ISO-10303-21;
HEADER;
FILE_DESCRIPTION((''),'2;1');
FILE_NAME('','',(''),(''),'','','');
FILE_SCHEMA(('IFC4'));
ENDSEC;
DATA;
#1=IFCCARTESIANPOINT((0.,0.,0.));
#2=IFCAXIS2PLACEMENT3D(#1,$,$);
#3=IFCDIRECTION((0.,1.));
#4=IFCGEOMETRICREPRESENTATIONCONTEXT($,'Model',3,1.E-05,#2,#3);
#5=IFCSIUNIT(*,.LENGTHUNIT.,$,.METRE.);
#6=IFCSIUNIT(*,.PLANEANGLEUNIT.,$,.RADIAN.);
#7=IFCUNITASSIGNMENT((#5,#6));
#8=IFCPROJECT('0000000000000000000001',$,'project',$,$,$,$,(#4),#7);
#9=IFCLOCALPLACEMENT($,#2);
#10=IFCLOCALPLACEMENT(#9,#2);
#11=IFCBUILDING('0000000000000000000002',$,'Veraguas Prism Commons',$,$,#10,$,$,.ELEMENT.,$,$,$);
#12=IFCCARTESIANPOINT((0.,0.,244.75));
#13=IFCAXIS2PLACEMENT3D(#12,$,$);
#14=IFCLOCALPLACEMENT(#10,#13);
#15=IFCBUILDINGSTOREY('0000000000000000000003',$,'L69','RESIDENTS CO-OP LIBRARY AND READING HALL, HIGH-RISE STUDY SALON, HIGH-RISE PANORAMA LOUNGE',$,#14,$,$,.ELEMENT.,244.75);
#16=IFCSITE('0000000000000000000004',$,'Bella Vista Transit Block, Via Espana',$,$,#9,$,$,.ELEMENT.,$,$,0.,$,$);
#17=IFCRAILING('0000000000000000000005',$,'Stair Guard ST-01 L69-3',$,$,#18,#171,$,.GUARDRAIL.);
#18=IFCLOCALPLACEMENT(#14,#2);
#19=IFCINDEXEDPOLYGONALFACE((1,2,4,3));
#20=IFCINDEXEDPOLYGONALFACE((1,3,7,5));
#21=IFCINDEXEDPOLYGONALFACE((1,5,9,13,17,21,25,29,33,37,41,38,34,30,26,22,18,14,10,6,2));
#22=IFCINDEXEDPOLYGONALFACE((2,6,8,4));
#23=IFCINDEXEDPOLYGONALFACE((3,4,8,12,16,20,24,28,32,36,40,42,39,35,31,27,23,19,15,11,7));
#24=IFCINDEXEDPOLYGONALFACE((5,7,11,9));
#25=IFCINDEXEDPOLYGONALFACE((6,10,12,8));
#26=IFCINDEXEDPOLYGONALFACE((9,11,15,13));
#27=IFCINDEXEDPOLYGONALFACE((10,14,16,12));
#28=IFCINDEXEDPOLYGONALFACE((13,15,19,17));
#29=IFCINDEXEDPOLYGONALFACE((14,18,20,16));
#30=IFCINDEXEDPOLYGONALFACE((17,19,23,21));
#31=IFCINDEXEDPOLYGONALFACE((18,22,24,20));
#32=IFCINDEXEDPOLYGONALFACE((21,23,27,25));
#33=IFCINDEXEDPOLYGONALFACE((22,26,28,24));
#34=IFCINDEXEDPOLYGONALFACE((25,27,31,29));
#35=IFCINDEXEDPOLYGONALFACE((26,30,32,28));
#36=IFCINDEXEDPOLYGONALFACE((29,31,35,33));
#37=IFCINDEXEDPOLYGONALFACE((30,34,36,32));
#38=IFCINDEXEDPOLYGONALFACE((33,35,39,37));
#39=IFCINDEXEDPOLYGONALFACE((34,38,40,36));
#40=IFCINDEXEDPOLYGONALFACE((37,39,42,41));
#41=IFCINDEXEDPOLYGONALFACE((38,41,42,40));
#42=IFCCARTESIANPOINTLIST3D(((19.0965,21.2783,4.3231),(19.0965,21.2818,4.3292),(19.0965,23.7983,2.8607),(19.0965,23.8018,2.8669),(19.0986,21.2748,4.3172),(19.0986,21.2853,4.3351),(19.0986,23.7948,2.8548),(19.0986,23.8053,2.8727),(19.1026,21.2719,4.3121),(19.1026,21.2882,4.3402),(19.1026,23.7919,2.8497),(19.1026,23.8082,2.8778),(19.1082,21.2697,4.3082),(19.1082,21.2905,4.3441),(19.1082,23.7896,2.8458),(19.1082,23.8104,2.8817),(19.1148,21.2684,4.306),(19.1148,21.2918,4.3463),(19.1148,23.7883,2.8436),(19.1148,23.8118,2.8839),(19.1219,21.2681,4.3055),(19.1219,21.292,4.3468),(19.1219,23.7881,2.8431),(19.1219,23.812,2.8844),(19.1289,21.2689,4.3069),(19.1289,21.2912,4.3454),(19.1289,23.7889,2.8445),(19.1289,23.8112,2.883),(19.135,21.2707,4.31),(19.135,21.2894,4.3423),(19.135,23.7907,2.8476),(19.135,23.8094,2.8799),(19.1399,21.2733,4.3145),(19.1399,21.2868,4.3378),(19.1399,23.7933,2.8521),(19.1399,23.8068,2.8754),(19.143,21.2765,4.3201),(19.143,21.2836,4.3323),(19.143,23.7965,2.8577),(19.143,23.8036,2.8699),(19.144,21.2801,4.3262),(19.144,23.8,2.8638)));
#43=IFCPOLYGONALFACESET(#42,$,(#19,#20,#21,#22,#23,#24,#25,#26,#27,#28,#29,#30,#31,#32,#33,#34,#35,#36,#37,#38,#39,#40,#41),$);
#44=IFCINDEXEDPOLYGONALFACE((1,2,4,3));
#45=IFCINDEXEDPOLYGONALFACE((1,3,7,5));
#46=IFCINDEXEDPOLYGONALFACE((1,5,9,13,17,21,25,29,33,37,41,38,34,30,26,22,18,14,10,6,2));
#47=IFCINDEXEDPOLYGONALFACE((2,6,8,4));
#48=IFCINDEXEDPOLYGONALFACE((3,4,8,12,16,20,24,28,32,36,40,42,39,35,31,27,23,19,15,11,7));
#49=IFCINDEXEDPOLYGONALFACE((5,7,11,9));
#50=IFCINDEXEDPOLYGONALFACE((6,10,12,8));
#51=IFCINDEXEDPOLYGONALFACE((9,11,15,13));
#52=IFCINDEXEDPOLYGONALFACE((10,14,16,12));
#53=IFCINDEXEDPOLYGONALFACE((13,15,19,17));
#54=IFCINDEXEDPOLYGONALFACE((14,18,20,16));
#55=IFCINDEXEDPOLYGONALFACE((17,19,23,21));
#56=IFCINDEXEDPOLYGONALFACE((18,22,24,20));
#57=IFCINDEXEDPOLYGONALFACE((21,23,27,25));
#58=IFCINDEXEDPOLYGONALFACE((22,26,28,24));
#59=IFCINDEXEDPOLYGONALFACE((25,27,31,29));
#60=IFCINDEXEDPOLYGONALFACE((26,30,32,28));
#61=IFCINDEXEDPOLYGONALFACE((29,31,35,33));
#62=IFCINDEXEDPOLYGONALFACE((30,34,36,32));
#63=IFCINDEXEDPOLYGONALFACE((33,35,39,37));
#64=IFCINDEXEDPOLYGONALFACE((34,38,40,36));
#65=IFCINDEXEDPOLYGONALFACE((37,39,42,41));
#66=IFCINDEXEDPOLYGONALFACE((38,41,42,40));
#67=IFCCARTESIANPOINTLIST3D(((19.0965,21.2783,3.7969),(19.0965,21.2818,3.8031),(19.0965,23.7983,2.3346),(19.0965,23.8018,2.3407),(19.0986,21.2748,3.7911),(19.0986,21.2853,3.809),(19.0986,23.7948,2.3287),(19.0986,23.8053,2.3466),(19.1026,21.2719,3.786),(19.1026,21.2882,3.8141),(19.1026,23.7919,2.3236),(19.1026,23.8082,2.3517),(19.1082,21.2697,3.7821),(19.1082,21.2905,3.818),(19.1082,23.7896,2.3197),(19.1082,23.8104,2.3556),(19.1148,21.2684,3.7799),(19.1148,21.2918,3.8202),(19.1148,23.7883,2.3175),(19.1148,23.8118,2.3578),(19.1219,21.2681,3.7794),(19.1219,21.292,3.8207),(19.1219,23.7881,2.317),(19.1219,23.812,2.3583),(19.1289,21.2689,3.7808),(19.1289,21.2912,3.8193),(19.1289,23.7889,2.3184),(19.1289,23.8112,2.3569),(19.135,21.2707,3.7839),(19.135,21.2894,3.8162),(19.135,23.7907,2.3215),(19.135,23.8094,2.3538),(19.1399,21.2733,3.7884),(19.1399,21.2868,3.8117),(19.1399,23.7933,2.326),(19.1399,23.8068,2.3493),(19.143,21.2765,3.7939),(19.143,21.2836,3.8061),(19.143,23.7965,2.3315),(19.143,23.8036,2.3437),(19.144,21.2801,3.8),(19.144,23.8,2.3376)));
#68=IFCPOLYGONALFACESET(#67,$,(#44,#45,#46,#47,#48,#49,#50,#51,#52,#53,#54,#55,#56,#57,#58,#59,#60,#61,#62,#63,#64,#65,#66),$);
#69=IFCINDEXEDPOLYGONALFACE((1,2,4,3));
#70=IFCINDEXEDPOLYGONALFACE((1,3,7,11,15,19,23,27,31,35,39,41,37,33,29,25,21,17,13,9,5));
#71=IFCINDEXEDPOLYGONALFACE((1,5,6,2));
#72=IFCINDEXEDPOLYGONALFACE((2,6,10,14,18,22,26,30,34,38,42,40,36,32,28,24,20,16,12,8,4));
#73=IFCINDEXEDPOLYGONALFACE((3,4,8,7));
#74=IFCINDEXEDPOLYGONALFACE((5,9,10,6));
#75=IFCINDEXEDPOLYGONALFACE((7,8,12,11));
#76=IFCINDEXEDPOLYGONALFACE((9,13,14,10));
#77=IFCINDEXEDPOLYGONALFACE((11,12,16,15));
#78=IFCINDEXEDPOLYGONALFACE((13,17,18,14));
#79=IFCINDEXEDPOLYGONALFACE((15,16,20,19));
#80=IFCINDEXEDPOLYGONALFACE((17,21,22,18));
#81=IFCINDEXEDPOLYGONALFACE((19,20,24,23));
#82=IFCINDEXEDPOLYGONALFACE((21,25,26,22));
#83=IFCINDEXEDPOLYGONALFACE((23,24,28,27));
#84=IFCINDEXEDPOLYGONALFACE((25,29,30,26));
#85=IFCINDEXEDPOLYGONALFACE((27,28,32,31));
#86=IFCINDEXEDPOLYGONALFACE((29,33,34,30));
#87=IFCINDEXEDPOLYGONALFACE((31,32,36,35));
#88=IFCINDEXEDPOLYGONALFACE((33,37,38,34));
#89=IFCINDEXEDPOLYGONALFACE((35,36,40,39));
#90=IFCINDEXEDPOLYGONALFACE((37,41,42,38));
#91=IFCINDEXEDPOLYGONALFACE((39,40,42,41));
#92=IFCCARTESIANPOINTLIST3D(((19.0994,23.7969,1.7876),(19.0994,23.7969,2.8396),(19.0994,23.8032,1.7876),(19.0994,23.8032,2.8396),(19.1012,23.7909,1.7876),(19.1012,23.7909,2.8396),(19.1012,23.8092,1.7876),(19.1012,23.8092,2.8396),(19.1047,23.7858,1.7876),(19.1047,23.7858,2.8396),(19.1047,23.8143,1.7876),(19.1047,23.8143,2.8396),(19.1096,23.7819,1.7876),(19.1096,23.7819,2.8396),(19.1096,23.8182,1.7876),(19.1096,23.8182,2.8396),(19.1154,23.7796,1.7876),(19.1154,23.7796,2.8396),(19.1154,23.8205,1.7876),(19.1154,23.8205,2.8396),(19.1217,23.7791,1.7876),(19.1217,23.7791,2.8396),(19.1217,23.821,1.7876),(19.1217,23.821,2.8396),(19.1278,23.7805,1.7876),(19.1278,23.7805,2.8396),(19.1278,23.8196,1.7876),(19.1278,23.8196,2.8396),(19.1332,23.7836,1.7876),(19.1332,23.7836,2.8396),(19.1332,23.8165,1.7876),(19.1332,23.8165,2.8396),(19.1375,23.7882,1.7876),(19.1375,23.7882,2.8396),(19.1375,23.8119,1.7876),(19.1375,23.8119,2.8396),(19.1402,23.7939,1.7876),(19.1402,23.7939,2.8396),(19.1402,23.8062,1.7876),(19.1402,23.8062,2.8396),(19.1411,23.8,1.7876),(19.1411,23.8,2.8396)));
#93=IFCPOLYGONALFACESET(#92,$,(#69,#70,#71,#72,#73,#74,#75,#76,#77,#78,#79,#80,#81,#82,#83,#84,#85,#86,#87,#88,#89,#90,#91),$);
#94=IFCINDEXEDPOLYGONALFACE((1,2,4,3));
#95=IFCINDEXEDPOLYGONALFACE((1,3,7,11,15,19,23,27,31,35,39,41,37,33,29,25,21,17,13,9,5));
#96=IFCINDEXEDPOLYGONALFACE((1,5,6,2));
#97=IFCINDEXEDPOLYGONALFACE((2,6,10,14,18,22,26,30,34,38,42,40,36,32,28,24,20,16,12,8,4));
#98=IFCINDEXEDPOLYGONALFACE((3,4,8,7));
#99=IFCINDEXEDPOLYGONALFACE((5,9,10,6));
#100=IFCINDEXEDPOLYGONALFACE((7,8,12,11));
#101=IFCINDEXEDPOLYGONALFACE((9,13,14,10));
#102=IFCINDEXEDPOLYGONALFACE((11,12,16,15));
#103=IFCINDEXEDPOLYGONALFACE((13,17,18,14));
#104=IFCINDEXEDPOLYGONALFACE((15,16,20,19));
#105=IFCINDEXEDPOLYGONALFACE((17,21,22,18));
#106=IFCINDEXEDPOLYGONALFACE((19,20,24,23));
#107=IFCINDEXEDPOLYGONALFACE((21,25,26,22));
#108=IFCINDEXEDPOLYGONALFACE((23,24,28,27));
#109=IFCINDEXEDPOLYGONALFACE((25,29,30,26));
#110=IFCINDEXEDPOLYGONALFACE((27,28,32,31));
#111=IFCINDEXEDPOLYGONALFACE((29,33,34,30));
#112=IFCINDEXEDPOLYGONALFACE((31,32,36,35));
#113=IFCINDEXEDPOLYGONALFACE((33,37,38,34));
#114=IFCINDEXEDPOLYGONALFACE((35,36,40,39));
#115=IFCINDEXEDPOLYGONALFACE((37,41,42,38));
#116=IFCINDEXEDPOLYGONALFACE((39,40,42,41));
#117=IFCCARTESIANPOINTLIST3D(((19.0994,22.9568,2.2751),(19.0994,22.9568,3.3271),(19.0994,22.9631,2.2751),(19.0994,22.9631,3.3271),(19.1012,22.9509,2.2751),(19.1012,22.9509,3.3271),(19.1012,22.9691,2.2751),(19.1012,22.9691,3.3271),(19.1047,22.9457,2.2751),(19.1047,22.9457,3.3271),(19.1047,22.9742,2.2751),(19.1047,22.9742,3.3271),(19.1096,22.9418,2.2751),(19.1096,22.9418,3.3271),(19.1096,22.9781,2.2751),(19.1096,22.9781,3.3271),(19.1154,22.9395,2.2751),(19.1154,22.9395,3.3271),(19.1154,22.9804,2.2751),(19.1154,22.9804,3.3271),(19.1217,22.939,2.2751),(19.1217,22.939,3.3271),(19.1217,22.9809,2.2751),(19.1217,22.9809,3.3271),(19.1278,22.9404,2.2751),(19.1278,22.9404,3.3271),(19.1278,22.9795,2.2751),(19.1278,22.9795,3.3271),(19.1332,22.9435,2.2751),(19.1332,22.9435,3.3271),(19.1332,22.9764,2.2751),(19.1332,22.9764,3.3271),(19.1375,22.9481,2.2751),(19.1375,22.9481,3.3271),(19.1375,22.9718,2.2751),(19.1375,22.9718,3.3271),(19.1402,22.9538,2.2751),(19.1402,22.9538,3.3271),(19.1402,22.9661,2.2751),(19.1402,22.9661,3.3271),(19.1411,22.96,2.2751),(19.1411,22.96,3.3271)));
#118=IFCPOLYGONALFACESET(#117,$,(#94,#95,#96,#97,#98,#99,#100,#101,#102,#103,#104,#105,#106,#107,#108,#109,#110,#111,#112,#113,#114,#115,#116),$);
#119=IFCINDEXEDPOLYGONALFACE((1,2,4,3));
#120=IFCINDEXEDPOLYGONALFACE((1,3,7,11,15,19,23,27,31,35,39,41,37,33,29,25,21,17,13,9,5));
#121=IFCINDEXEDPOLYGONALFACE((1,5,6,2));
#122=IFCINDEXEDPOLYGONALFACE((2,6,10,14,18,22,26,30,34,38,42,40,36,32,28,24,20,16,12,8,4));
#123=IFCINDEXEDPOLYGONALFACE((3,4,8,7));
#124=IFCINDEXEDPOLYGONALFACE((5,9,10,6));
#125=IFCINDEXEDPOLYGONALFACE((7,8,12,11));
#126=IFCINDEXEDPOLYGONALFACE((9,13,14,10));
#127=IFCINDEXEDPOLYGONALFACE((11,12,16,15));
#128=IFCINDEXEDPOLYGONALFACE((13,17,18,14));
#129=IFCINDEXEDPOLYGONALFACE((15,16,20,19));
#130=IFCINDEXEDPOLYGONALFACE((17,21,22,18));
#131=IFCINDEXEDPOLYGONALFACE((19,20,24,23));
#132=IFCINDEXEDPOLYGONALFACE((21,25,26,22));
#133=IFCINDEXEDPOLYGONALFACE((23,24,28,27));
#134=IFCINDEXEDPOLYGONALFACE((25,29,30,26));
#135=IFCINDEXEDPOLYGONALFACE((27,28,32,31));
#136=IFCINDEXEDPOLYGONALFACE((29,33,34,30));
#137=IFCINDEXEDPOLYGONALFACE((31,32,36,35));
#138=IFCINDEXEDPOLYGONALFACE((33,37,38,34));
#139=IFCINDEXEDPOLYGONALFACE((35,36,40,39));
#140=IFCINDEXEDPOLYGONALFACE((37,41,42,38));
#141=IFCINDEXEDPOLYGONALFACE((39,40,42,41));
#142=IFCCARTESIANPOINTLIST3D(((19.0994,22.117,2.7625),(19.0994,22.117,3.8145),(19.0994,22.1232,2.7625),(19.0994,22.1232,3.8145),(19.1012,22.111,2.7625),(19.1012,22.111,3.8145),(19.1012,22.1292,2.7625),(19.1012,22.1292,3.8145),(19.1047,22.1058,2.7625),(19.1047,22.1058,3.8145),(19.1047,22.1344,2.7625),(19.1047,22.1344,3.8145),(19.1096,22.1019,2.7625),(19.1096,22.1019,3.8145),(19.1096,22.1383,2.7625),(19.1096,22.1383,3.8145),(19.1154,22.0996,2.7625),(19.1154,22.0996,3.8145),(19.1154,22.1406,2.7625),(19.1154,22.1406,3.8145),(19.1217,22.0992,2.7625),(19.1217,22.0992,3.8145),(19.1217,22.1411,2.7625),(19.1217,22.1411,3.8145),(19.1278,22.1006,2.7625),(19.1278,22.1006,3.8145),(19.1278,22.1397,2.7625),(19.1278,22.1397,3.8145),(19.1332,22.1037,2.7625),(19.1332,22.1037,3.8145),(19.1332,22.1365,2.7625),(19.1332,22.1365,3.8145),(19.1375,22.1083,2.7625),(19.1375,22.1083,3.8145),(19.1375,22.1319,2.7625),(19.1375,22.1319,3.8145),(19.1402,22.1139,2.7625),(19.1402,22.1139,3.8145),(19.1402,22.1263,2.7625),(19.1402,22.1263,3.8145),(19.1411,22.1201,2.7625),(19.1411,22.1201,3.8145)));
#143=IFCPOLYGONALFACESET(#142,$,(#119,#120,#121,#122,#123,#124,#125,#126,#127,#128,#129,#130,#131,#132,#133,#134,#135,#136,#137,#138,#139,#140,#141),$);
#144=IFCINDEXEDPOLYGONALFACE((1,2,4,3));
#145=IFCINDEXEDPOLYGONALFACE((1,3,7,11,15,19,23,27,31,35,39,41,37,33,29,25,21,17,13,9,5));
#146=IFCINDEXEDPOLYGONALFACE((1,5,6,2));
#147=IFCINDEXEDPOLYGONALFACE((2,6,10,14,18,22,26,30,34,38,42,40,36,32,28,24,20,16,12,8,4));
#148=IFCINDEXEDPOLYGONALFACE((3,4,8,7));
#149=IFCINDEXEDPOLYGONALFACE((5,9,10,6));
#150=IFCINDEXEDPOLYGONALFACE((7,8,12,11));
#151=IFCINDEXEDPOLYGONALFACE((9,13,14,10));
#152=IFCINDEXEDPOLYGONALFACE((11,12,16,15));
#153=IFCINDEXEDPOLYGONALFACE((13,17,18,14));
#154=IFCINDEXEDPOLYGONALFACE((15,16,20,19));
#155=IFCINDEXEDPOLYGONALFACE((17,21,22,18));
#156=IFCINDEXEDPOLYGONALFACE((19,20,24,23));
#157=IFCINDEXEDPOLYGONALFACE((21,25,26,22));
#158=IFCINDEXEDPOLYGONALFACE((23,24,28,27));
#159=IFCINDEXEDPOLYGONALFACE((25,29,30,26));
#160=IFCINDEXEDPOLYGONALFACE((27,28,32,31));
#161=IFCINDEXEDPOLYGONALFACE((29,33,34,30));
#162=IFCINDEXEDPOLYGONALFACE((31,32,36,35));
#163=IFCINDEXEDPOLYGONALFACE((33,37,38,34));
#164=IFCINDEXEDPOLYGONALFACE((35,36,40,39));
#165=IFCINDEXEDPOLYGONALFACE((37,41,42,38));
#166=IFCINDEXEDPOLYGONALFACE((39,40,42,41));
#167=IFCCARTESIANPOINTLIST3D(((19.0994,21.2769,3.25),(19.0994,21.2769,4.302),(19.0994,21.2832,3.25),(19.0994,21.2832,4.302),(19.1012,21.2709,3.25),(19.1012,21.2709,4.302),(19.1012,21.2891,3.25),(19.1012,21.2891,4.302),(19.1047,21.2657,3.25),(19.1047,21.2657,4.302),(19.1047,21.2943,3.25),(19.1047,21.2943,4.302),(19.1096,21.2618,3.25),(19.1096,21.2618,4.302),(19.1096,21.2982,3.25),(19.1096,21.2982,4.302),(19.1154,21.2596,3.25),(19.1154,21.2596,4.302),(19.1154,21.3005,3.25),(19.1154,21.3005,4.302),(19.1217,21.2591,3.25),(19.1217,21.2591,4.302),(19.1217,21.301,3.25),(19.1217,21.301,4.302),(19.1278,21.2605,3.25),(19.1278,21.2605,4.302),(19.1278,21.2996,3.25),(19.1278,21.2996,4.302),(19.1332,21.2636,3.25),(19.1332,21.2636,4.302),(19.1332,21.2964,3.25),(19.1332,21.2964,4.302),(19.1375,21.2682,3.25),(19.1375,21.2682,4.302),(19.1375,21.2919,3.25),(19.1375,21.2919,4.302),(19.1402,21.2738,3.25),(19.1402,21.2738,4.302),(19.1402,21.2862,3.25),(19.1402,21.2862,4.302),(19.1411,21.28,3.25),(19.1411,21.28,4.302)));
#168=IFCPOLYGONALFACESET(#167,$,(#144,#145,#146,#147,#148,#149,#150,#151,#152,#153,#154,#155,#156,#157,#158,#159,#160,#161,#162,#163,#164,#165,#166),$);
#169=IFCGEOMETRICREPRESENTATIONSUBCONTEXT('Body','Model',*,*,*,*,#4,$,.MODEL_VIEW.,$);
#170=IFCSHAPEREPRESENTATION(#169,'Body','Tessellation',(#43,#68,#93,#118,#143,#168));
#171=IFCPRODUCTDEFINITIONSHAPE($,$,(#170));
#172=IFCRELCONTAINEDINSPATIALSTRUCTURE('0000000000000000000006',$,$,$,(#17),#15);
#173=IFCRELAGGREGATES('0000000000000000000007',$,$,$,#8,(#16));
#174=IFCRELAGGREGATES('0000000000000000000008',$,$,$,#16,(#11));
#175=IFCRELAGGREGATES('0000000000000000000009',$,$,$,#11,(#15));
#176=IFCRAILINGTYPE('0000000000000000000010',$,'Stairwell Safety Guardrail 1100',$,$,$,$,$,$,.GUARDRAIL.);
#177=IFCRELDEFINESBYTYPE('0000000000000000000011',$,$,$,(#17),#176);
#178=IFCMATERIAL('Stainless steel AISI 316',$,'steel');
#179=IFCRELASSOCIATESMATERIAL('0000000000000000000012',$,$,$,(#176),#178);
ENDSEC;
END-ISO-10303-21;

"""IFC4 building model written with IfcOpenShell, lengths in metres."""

from ifc_helpers import new_model, si_unit, direction, frame, origin, origin_2d, place, context, subcontext, project, spatial, circle, extrude, material, type_object, element, save


model = new_model("IFC4")

# Units and contexts
model_context = context("Model", 3, precision=1e-05, world=origin(), true_north=direction((0.0, 1.0)))
body_context = subcontext(model_context, "Body", "Model", "MODEL_VIEW")
ifc_project = project(units=[si_unit("LENGTHUNIT", "METRE"), si_unit("PLANEANGLEUNIT", "RADIAN")], contexts=[model_context])

# Site, building, storey
site_placement = place(None, origin())
site = spatial("IfcSite", under=ifc_project, at=site_placement, Name="Bella Vista Transit Block, Via Espana", CompositionType="ELEMENT", RefElevation=0.0)
building_placement = place(site_placement, origin())
building = spatial("IfcBuilding", under=site, at=building_placement, Name="Veraguas Prism Commons", CompositionType="ELEMENT")
storey_placement = place(building_placement, frame((0.0, 0.0, 244.75)))
storey = spatial("IfcBuildingStorey", under=building, at=storey_placement, Name="L69", Description="RESIDENTS CO-OP LIBRARY AND READING HALL, HIGH-RISE STUDY SALON, HIGH-RISE PANORAMA LOUNGE", CompositionType="ELEMENT", Elevation=244.75)

# Shared definitions
ifc_material_1 = material(Name="Stainless steel AISI 316", Category="steel")

# Railing
railing_type_1 = type_object("IfcRailingType", Name="Stairwell Safety Guardrail 1100", PredefinedType="GUARDRAIL", material=ifc_material_1)
railing_1_placement = place(storey_placement, frame((19.1201, 23.8, 1.7876)))
element("IfcRailing", 1, at=railing_1_placement, inside=storey, type_object=railing_type_1, Name="Stair Guard ST-01 L69-3", PredefinedType="GUARDRAIL", context=body_context, shape_type="SweptSolid", body=[
    extrude(circle(Radius=0.0239, at=origin_2d()), frame((0.0, 0.0, 1.0762), z_axis=(0.0, -0.864913, 0.501921), x_axis=(1.0, 0.0, 0.0)), (0.0, 0.0, 1.0), 2.9136),
    extrude(circle(Radius=0.0239, at=origin_2d()), frame((0.0, 0.0, 0.55), z_axis=(0.0, -0.864913, 0.501921), x_axis=(1.0, 0.0, 0.0)), (0.0, 0.0, 1.0), 2.9136),
    extrude(circle(Radius=0.021, at=origin_2d()), origin(), (0.0, 0.0, 1.0), 1.052),
    extrude(circle(Radius=0.021, at=origin_2d()), frame((0.0, -0.8401, 0.4875)), (0.0, 0.0, 1.0), 1.052),
    extrude(circle(Radius=0.021, at=origin_2d()), frame((0.0, -1.6799, 0.9749)), (0.0, 0.0, 1.0), 1.052),
    extrude(circle(Radius=0.021, at=origin_2d()), frame((0.0, -2.52, 1.4624)), (0.0, 0.0, 1.0), 1.052),
])

save(model, "model.ifc")
